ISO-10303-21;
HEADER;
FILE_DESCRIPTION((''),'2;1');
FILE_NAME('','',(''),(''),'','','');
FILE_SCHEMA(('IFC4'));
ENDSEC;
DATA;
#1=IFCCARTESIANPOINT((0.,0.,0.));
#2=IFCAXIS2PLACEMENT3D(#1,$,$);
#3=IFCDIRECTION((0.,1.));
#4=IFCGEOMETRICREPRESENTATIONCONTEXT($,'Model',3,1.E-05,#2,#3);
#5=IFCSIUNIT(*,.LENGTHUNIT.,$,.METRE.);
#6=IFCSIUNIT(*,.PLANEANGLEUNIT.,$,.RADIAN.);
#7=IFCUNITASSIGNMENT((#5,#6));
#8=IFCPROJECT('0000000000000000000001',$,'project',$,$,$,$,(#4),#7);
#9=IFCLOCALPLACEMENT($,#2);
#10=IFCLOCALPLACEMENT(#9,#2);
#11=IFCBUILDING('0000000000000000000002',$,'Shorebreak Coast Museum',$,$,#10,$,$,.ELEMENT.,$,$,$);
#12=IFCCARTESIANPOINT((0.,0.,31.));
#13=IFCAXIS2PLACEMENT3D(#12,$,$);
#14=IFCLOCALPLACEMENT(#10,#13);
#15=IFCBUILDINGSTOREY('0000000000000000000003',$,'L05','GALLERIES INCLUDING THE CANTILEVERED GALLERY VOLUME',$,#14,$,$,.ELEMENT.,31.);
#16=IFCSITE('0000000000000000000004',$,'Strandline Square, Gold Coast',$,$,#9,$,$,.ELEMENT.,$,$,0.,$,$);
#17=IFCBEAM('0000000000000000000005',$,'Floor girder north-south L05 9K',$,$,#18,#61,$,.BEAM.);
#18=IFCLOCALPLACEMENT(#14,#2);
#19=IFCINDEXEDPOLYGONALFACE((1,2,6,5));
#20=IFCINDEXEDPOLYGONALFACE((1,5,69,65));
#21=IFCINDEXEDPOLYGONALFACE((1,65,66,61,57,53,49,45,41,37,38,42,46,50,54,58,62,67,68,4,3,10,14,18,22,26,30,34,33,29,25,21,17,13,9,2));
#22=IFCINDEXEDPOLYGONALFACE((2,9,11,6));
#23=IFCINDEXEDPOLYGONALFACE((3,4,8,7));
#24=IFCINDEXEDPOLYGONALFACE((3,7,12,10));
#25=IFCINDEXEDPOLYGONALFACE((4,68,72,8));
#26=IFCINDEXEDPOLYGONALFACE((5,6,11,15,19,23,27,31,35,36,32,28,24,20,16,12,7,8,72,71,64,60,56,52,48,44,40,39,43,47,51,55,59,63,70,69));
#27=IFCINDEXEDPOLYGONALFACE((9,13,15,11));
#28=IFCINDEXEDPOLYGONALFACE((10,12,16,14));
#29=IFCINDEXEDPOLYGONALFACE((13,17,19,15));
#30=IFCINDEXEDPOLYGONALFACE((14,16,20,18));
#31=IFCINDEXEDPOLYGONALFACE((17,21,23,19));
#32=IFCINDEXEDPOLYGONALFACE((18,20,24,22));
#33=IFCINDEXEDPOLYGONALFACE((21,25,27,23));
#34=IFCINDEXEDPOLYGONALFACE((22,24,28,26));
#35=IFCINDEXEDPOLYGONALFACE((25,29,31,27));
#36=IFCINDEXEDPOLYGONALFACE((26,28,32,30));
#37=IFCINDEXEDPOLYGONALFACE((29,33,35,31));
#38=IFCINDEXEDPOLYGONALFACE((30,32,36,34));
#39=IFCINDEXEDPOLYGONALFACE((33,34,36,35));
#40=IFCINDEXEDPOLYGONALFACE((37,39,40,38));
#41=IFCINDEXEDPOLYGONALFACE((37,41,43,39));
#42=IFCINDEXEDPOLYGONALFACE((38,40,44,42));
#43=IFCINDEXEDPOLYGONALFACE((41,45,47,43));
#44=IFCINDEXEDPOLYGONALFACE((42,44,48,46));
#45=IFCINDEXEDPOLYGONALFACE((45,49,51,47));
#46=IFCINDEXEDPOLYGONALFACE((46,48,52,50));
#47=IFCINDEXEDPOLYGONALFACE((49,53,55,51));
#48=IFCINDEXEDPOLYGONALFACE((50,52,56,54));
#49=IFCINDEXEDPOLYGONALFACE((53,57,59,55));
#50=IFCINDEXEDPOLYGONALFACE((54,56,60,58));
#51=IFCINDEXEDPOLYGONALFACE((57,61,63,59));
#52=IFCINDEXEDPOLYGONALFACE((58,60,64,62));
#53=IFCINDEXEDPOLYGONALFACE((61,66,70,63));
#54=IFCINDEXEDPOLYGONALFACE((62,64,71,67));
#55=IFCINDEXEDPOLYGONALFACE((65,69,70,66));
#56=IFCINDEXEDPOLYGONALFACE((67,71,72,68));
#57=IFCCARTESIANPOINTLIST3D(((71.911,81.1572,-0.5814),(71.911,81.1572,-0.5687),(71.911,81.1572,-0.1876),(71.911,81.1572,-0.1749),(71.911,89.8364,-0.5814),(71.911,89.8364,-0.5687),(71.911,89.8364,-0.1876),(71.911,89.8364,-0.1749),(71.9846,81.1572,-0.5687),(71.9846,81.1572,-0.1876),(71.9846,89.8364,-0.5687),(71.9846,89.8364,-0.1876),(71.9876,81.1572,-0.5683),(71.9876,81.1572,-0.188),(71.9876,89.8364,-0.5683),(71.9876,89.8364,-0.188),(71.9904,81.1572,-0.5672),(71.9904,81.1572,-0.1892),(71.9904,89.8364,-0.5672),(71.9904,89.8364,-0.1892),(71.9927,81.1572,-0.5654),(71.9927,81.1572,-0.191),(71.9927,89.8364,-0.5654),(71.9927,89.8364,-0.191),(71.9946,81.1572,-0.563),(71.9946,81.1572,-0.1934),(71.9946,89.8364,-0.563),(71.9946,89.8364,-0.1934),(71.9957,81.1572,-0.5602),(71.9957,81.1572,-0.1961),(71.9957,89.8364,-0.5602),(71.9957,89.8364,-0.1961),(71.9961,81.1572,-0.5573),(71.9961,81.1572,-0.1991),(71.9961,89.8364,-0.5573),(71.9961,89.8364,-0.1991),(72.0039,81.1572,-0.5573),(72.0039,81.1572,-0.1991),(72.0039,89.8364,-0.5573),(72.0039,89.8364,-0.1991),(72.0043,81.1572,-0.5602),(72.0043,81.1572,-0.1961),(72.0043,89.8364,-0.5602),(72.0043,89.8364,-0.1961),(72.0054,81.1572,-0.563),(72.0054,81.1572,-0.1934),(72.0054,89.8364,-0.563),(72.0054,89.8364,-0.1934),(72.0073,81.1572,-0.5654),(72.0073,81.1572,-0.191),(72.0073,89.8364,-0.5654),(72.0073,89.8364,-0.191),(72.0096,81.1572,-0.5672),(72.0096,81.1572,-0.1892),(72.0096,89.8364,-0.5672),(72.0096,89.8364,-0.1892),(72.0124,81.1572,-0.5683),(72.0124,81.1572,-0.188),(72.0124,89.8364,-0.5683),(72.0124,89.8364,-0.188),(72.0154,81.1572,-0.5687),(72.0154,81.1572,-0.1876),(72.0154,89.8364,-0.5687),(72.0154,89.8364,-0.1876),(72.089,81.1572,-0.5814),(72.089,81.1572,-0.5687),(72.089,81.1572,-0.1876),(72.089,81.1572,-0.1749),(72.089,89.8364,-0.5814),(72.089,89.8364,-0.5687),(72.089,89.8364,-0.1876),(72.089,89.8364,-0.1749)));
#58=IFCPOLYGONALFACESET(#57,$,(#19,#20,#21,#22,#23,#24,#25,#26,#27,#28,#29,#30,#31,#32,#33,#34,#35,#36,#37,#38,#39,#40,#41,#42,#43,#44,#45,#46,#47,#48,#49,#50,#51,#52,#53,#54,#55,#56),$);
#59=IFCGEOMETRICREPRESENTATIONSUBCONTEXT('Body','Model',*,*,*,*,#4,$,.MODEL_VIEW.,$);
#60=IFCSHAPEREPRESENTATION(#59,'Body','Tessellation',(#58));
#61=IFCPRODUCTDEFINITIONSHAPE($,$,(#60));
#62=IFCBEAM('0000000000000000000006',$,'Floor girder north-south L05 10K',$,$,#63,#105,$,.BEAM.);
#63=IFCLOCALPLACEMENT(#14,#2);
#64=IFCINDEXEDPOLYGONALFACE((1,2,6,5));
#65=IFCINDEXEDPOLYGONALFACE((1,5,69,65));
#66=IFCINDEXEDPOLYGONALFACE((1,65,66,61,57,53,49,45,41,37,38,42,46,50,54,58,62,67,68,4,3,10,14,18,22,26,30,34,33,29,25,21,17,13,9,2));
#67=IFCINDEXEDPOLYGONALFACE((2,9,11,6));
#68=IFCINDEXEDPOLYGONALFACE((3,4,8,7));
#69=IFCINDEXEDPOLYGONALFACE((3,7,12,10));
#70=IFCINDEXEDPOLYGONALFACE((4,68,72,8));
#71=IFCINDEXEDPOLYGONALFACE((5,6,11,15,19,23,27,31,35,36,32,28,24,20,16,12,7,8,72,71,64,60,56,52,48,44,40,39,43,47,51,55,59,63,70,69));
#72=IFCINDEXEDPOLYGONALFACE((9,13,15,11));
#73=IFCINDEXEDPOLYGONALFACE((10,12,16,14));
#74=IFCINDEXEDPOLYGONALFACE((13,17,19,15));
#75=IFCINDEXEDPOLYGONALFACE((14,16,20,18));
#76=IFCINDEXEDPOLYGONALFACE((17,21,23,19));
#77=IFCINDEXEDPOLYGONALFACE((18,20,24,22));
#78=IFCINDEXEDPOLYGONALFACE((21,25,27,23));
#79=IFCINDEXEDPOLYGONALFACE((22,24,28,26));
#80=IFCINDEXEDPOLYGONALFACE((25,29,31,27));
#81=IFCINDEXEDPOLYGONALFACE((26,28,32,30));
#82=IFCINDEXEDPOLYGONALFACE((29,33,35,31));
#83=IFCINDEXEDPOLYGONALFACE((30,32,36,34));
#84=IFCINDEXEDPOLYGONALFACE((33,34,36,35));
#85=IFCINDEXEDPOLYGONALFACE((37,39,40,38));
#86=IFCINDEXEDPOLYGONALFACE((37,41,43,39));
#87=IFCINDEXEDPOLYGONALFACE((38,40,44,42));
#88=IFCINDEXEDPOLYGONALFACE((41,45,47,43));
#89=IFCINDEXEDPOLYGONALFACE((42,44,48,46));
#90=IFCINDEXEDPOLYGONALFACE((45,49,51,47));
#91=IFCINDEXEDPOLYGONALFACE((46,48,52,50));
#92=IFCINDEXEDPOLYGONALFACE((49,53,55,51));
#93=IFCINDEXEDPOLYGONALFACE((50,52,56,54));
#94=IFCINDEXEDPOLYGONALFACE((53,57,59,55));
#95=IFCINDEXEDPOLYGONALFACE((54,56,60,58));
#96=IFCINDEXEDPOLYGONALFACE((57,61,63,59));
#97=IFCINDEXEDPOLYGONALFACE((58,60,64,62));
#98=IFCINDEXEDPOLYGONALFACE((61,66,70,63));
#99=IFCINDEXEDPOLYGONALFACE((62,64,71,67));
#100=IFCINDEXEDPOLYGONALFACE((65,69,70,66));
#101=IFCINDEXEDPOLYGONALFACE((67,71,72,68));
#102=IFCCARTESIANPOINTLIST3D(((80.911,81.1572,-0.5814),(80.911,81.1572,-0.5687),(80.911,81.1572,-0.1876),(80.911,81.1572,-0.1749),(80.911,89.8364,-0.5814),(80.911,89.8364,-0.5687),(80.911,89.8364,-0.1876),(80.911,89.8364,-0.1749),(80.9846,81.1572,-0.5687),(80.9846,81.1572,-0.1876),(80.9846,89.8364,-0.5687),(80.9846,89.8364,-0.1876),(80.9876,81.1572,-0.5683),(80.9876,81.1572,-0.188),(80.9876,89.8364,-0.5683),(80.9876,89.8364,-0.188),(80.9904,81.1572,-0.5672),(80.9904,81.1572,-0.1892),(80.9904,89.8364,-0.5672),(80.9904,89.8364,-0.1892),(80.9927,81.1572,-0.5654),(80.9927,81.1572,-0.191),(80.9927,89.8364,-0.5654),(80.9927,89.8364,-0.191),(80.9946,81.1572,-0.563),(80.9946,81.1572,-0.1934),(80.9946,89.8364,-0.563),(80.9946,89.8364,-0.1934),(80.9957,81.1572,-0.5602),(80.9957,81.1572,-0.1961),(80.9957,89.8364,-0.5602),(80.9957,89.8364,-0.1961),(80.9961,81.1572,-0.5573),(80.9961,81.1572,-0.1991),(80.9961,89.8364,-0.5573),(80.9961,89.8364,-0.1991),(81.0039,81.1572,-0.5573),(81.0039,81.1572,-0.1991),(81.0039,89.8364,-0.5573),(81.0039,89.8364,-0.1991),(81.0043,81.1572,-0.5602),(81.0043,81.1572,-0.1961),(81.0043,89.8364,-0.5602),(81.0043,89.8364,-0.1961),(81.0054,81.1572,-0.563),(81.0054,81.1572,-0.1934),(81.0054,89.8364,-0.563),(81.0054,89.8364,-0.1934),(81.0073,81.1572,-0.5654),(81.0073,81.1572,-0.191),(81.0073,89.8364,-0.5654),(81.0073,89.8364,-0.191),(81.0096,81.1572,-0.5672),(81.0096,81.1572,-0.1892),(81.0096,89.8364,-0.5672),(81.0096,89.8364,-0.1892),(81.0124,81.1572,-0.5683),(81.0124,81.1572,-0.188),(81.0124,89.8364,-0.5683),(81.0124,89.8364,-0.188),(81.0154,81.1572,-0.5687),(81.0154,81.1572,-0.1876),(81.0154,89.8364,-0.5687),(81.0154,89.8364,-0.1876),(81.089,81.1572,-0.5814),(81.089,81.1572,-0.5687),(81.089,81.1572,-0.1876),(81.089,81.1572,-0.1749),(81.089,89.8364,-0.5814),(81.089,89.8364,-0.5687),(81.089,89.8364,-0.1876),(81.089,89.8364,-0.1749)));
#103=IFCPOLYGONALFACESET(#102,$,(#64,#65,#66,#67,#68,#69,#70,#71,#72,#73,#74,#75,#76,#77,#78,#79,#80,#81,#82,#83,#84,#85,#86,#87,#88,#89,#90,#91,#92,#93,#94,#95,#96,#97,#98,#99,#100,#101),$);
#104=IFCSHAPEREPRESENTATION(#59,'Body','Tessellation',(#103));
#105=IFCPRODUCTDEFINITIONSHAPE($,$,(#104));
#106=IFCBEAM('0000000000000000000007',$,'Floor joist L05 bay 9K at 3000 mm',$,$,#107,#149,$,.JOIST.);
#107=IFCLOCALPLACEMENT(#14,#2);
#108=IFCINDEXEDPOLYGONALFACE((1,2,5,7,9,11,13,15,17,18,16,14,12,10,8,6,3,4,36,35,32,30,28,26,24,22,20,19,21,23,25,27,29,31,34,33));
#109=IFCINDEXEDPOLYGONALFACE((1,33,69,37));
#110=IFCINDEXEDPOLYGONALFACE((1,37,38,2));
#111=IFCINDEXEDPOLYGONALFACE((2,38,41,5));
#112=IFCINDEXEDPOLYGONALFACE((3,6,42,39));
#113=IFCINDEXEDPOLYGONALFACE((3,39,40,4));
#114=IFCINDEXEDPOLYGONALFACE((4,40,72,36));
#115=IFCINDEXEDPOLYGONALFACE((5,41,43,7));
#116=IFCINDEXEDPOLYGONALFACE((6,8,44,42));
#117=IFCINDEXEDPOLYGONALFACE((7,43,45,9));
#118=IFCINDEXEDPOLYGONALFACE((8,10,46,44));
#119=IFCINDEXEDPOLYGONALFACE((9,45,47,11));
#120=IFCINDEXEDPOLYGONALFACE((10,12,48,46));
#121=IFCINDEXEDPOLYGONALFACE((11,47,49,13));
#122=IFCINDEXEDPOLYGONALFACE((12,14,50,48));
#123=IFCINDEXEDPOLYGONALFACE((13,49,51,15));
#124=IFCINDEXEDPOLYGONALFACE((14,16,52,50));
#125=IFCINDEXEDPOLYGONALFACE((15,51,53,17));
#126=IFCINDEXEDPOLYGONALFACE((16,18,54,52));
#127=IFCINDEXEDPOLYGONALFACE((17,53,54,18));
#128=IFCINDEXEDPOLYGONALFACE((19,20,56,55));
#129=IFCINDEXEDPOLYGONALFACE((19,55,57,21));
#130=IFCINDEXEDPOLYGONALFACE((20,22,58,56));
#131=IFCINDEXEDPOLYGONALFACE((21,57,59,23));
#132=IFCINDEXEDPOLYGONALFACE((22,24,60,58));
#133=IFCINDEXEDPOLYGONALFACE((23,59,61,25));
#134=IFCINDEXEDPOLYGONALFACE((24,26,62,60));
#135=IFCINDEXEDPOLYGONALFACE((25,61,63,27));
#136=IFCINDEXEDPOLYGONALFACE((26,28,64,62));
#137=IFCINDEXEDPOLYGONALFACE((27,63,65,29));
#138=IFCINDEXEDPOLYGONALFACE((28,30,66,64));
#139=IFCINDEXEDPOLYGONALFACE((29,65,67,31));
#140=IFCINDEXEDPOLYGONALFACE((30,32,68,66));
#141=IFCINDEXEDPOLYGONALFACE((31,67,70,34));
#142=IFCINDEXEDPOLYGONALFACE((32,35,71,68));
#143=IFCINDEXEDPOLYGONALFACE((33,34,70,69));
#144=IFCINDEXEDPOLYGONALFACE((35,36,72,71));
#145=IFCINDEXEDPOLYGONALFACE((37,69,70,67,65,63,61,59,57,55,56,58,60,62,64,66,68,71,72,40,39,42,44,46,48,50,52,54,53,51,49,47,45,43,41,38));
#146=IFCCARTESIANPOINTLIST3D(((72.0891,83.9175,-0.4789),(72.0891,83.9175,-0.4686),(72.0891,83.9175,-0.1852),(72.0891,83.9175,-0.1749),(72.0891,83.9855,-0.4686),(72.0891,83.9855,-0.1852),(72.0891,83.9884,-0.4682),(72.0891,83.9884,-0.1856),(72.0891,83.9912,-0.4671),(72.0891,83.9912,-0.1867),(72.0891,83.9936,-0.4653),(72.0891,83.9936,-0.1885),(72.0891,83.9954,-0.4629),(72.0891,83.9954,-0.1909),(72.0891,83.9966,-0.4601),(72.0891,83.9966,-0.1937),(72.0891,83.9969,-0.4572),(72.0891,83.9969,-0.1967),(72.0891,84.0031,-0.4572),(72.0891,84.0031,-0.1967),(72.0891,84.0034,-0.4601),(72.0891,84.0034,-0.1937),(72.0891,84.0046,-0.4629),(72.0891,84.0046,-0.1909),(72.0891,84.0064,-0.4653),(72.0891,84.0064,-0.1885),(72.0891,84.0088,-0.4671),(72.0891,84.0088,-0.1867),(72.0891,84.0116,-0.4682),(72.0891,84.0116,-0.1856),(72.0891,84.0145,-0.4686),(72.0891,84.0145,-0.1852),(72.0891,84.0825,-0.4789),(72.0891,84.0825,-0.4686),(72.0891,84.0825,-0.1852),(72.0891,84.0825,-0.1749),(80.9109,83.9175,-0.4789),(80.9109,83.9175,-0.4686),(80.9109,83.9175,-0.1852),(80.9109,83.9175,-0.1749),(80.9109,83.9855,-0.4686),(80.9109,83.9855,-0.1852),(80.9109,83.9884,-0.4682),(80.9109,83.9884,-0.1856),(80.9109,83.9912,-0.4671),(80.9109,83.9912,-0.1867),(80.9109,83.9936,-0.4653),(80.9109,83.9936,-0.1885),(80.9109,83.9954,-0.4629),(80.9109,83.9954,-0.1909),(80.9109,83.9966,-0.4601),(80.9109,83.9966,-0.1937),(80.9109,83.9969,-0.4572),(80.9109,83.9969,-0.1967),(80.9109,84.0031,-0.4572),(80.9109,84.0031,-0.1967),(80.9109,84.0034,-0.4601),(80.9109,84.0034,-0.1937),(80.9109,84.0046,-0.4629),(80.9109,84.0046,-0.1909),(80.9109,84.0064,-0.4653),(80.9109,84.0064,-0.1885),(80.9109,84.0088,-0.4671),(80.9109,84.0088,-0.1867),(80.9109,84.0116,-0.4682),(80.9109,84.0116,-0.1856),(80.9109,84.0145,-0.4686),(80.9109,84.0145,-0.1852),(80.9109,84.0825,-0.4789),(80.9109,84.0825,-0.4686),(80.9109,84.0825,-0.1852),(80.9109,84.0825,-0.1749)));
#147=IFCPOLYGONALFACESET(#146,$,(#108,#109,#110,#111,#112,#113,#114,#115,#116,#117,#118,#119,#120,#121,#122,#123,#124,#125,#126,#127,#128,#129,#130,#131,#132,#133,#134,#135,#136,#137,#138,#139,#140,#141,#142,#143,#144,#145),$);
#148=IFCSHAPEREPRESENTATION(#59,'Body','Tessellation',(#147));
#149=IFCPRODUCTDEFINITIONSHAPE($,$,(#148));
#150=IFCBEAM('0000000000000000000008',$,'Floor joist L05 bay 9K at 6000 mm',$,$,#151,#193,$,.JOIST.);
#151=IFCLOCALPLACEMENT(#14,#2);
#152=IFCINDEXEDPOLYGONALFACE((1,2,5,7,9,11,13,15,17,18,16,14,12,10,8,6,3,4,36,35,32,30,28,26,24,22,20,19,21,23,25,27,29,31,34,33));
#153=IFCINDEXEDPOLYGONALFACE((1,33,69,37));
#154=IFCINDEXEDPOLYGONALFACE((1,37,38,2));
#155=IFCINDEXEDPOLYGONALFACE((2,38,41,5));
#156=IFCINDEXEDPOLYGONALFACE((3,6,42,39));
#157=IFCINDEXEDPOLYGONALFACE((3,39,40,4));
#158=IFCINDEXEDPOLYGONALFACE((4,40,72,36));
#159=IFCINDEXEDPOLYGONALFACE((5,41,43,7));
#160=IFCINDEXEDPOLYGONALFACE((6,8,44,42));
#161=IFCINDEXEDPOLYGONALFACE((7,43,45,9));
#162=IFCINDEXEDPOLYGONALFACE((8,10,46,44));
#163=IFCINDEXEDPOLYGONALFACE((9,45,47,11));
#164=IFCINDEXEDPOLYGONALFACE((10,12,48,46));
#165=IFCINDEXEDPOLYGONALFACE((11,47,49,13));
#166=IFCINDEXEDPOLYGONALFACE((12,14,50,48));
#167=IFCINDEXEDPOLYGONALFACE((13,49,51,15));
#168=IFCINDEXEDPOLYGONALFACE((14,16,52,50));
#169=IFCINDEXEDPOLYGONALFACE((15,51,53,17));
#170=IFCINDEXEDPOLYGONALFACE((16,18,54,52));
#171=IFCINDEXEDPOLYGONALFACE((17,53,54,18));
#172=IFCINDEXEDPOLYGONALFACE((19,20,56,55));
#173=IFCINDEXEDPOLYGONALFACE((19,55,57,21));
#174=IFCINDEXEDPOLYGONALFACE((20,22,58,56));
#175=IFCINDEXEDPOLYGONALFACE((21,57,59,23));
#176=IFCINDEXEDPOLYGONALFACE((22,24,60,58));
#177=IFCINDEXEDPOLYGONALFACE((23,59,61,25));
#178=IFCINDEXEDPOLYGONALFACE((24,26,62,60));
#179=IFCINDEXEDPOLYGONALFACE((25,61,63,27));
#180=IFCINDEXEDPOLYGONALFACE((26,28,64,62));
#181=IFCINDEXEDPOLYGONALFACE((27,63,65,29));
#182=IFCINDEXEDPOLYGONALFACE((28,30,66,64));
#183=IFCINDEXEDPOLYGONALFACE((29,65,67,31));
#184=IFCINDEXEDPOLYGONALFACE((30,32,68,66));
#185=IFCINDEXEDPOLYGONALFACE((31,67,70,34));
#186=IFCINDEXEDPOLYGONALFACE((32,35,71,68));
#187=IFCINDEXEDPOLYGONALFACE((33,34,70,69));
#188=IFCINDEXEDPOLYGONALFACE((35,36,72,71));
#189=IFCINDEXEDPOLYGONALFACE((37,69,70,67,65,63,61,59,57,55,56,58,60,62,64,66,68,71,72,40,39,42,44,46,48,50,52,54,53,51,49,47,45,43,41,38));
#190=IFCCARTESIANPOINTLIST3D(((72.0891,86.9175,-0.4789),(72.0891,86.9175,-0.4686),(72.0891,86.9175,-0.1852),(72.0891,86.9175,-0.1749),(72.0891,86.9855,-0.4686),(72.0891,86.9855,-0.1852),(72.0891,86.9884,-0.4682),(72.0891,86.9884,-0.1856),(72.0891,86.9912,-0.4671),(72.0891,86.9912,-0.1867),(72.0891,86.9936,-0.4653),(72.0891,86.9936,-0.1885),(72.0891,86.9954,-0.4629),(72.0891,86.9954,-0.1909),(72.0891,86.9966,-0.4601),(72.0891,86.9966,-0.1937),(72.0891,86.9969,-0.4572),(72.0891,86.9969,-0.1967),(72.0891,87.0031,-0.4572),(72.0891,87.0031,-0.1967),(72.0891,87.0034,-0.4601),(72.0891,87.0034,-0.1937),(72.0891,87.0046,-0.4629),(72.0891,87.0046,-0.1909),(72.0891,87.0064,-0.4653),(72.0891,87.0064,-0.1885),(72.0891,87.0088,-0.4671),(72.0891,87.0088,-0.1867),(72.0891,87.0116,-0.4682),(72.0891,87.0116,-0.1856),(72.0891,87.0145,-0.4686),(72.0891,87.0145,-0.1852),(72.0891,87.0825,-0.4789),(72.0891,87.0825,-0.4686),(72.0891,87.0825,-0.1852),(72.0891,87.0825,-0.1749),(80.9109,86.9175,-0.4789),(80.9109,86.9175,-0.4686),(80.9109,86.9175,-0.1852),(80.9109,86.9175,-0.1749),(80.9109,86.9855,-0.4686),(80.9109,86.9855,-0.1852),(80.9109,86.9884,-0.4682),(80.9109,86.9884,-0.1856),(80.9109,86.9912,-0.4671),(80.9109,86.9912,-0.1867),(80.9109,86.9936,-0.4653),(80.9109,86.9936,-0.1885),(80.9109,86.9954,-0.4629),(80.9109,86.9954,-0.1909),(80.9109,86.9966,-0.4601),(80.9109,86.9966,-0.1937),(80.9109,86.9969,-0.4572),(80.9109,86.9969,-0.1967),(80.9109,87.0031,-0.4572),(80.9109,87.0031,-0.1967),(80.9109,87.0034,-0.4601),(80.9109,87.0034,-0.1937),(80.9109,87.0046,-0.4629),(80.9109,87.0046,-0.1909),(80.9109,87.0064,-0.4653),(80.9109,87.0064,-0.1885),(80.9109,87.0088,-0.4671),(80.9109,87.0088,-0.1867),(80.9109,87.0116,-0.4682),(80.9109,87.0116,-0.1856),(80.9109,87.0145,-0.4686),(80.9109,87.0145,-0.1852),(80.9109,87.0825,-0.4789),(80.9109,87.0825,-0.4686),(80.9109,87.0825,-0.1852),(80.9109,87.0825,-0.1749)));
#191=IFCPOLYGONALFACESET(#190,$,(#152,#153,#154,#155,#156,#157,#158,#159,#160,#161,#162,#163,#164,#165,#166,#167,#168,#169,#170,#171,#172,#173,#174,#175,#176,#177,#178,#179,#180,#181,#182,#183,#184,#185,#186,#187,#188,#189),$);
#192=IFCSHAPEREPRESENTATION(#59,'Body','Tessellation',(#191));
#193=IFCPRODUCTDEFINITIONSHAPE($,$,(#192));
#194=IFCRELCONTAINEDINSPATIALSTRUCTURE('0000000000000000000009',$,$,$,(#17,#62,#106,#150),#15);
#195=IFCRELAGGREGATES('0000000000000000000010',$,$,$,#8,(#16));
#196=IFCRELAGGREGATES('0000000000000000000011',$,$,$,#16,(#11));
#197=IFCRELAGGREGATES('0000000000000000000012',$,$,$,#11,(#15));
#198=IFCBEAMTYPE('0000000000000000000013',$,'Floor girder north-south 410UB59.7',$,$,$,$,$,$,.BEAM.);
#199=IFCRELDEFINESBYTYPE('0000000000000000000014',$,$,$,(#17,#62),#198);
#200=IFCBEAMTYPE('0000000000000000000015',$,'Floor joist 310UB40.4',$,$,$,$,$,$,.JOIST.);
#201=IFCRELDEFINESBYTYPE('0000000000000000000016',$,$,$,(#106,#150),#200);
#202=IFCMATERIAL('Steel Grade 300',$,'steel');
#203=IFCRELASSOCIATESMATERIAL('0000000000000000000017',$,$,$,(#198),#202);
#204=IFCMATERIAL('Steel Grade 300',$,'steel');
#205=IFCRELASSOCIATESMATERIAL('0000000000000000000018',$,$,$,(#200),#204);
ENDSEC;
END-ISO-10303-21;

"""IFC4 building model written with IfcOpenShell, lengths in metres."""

from ifc_helpers import new_model, si_unit, direction, frame, origin, origin_2d, place, context, subcontext, project, spatial, i_section, extrude, material, material_profile, profile_set, type_object, element, save


model = new_model("IFC4")

# Units and contexts
model_context = context("Model", 3, precision=1e-05, world=origin(), true_north=direction((0.0, 1.0)))
body_context = subcontext(model_context, "Body", "Model", "MODEL_VIEW")
ifc_project = project(units=[si_unit("LENGTHUNIT", "METRE"), si_unit("PLANEANGLEUNIT", "RADIAN")], contexts=[model_context])

# Site, building, storey
site_placement = place(None, origin())
site = spatial("IfcSite", under=ifc_project, at=site_placement, Name="Strandline Square, Gold Coast", CompositionType="ELEMENT", RefElevation=0.0)
building_placement = place(site_placement, origin())
building = spatial("IfcBuilding", under=site, at=building_placement, Name="Shorebreak Coast Museum", CompositionType="ELEMENT")
storey_placement = place(building_placement, frame((0.0, 0.0, 31.0)))
storey = spatial("IfcBuildingStorey", under=building, at=storey_placement, Name="L05", Description="GALLERIES INCLUDING THE CANTILEVERED GALLERY VOLUME", CompositionType="ELEMENT", Elevation=31.0)

# Beams
ifc_material_1 = material(Name="Steel Grade 300", Category="steel")
ifc_material_profile_1 = material_profile(ifc_material_1, i_section(OverallWidth=0.178, OverallDepth=0.4065, WebThickness=0.0078, FlangeThickness=0.0127, FilletRadius=0.0115, at=origin_2d()), Name="410UB59.7")
ifc_profile_set_1 = profile_set([ifc_material_profile_1], Name="Steel Grade 300")
beam_type_1 = type_object("IfcBeamType", Name="Floor girder north-south 410UB59.7", PredefinedType="BEAM", material=ifc_profile_set_1)
for number, where, z_axis, x_axis, name in (
    (1, (72.0, 81.1572, -0.3782), (0.0, 1.0, 0.0), (-1.0, 0.0, 0.0), "Floor girder north-south L05 9K"),
    (2, (81.0, 81.1572, -0.3782), (0.0, 1.0, 0.0), (-1.0, 0.0, 0.0), "Floor girder north-south L05 10K"),
):
    element("IfcBeam", number, at=place(storey_placement, frame(where, z_axis=z_axis, x_axis=x_axis)), inside=storey, type_object=beam_type_1, Name=name, PredefinedType="BEAM", context=body_context, shape_type="SweptSolid", body=[
        extrude(i_section(OverallWidth=0.178, OverallDepth=0.4065, WebThickness=0.0078, FlangeThickness=0.0127, FilletRadius=0.0115, at=origin_2d()), origin(), (0.0, 0.0, 1.0), 8.6792),
    ])
ifc_material_2 = material(Name="Steel Grade 300", Category="steel")
ifc_material_profile_2 = material_profile(ifc_material_2, i_section(OverallWidth=0.165, OverallDepth=0.304, WebThickness=0.0061, FlangeThickness=0.0103, FilletRadius=0.0115, at=origin_2d()), Name="310UB40.4")
ifc_profile_set_2 = profile_set([ifc_material_profile_2], Name="Steel Grade 300")
beam_type_2 = type_object("IfcBeamType", Name="Floor joist 310UB40.4", PredefinedType="JOIST", material=ifc_profile_set_2)
for number, where, z_axis, x_axis, name in (
    (3, (72.0891, 84.0, -0.3269), (1.0, 0.0, 0.0), (0.0, 1.0, 0.0), "Floor joist L05 bay 9K at 3000 mm"),
    (4, (72.0891, 87.0, -0.3269), (1.0, 0.0, 0.0), (0.0, 1.0, 0.0), "Floor joist L05 bay 9K at 6000 mm"),
):
    element("IfcBeam", number, at=place(storey_placement, frame(where, z_axis=z_axis, x_axis=x_axis)), inside=storey, type_object=beam_type_2, Name=name, PredefinedType="JOIST", context=body_context, shape_type="SweptSolid", body=[
        extrude(i_section(OverallWidth=0.165, OverallDepth=0.304, WebThickness=0.0061, FlangeThickness=0.0103, FilletRadius=0.0115, at=origin_2d()), origin(), (0.0, 0.0, 1.0), 8.8218),
    ])

save(model, "model.ifc")
